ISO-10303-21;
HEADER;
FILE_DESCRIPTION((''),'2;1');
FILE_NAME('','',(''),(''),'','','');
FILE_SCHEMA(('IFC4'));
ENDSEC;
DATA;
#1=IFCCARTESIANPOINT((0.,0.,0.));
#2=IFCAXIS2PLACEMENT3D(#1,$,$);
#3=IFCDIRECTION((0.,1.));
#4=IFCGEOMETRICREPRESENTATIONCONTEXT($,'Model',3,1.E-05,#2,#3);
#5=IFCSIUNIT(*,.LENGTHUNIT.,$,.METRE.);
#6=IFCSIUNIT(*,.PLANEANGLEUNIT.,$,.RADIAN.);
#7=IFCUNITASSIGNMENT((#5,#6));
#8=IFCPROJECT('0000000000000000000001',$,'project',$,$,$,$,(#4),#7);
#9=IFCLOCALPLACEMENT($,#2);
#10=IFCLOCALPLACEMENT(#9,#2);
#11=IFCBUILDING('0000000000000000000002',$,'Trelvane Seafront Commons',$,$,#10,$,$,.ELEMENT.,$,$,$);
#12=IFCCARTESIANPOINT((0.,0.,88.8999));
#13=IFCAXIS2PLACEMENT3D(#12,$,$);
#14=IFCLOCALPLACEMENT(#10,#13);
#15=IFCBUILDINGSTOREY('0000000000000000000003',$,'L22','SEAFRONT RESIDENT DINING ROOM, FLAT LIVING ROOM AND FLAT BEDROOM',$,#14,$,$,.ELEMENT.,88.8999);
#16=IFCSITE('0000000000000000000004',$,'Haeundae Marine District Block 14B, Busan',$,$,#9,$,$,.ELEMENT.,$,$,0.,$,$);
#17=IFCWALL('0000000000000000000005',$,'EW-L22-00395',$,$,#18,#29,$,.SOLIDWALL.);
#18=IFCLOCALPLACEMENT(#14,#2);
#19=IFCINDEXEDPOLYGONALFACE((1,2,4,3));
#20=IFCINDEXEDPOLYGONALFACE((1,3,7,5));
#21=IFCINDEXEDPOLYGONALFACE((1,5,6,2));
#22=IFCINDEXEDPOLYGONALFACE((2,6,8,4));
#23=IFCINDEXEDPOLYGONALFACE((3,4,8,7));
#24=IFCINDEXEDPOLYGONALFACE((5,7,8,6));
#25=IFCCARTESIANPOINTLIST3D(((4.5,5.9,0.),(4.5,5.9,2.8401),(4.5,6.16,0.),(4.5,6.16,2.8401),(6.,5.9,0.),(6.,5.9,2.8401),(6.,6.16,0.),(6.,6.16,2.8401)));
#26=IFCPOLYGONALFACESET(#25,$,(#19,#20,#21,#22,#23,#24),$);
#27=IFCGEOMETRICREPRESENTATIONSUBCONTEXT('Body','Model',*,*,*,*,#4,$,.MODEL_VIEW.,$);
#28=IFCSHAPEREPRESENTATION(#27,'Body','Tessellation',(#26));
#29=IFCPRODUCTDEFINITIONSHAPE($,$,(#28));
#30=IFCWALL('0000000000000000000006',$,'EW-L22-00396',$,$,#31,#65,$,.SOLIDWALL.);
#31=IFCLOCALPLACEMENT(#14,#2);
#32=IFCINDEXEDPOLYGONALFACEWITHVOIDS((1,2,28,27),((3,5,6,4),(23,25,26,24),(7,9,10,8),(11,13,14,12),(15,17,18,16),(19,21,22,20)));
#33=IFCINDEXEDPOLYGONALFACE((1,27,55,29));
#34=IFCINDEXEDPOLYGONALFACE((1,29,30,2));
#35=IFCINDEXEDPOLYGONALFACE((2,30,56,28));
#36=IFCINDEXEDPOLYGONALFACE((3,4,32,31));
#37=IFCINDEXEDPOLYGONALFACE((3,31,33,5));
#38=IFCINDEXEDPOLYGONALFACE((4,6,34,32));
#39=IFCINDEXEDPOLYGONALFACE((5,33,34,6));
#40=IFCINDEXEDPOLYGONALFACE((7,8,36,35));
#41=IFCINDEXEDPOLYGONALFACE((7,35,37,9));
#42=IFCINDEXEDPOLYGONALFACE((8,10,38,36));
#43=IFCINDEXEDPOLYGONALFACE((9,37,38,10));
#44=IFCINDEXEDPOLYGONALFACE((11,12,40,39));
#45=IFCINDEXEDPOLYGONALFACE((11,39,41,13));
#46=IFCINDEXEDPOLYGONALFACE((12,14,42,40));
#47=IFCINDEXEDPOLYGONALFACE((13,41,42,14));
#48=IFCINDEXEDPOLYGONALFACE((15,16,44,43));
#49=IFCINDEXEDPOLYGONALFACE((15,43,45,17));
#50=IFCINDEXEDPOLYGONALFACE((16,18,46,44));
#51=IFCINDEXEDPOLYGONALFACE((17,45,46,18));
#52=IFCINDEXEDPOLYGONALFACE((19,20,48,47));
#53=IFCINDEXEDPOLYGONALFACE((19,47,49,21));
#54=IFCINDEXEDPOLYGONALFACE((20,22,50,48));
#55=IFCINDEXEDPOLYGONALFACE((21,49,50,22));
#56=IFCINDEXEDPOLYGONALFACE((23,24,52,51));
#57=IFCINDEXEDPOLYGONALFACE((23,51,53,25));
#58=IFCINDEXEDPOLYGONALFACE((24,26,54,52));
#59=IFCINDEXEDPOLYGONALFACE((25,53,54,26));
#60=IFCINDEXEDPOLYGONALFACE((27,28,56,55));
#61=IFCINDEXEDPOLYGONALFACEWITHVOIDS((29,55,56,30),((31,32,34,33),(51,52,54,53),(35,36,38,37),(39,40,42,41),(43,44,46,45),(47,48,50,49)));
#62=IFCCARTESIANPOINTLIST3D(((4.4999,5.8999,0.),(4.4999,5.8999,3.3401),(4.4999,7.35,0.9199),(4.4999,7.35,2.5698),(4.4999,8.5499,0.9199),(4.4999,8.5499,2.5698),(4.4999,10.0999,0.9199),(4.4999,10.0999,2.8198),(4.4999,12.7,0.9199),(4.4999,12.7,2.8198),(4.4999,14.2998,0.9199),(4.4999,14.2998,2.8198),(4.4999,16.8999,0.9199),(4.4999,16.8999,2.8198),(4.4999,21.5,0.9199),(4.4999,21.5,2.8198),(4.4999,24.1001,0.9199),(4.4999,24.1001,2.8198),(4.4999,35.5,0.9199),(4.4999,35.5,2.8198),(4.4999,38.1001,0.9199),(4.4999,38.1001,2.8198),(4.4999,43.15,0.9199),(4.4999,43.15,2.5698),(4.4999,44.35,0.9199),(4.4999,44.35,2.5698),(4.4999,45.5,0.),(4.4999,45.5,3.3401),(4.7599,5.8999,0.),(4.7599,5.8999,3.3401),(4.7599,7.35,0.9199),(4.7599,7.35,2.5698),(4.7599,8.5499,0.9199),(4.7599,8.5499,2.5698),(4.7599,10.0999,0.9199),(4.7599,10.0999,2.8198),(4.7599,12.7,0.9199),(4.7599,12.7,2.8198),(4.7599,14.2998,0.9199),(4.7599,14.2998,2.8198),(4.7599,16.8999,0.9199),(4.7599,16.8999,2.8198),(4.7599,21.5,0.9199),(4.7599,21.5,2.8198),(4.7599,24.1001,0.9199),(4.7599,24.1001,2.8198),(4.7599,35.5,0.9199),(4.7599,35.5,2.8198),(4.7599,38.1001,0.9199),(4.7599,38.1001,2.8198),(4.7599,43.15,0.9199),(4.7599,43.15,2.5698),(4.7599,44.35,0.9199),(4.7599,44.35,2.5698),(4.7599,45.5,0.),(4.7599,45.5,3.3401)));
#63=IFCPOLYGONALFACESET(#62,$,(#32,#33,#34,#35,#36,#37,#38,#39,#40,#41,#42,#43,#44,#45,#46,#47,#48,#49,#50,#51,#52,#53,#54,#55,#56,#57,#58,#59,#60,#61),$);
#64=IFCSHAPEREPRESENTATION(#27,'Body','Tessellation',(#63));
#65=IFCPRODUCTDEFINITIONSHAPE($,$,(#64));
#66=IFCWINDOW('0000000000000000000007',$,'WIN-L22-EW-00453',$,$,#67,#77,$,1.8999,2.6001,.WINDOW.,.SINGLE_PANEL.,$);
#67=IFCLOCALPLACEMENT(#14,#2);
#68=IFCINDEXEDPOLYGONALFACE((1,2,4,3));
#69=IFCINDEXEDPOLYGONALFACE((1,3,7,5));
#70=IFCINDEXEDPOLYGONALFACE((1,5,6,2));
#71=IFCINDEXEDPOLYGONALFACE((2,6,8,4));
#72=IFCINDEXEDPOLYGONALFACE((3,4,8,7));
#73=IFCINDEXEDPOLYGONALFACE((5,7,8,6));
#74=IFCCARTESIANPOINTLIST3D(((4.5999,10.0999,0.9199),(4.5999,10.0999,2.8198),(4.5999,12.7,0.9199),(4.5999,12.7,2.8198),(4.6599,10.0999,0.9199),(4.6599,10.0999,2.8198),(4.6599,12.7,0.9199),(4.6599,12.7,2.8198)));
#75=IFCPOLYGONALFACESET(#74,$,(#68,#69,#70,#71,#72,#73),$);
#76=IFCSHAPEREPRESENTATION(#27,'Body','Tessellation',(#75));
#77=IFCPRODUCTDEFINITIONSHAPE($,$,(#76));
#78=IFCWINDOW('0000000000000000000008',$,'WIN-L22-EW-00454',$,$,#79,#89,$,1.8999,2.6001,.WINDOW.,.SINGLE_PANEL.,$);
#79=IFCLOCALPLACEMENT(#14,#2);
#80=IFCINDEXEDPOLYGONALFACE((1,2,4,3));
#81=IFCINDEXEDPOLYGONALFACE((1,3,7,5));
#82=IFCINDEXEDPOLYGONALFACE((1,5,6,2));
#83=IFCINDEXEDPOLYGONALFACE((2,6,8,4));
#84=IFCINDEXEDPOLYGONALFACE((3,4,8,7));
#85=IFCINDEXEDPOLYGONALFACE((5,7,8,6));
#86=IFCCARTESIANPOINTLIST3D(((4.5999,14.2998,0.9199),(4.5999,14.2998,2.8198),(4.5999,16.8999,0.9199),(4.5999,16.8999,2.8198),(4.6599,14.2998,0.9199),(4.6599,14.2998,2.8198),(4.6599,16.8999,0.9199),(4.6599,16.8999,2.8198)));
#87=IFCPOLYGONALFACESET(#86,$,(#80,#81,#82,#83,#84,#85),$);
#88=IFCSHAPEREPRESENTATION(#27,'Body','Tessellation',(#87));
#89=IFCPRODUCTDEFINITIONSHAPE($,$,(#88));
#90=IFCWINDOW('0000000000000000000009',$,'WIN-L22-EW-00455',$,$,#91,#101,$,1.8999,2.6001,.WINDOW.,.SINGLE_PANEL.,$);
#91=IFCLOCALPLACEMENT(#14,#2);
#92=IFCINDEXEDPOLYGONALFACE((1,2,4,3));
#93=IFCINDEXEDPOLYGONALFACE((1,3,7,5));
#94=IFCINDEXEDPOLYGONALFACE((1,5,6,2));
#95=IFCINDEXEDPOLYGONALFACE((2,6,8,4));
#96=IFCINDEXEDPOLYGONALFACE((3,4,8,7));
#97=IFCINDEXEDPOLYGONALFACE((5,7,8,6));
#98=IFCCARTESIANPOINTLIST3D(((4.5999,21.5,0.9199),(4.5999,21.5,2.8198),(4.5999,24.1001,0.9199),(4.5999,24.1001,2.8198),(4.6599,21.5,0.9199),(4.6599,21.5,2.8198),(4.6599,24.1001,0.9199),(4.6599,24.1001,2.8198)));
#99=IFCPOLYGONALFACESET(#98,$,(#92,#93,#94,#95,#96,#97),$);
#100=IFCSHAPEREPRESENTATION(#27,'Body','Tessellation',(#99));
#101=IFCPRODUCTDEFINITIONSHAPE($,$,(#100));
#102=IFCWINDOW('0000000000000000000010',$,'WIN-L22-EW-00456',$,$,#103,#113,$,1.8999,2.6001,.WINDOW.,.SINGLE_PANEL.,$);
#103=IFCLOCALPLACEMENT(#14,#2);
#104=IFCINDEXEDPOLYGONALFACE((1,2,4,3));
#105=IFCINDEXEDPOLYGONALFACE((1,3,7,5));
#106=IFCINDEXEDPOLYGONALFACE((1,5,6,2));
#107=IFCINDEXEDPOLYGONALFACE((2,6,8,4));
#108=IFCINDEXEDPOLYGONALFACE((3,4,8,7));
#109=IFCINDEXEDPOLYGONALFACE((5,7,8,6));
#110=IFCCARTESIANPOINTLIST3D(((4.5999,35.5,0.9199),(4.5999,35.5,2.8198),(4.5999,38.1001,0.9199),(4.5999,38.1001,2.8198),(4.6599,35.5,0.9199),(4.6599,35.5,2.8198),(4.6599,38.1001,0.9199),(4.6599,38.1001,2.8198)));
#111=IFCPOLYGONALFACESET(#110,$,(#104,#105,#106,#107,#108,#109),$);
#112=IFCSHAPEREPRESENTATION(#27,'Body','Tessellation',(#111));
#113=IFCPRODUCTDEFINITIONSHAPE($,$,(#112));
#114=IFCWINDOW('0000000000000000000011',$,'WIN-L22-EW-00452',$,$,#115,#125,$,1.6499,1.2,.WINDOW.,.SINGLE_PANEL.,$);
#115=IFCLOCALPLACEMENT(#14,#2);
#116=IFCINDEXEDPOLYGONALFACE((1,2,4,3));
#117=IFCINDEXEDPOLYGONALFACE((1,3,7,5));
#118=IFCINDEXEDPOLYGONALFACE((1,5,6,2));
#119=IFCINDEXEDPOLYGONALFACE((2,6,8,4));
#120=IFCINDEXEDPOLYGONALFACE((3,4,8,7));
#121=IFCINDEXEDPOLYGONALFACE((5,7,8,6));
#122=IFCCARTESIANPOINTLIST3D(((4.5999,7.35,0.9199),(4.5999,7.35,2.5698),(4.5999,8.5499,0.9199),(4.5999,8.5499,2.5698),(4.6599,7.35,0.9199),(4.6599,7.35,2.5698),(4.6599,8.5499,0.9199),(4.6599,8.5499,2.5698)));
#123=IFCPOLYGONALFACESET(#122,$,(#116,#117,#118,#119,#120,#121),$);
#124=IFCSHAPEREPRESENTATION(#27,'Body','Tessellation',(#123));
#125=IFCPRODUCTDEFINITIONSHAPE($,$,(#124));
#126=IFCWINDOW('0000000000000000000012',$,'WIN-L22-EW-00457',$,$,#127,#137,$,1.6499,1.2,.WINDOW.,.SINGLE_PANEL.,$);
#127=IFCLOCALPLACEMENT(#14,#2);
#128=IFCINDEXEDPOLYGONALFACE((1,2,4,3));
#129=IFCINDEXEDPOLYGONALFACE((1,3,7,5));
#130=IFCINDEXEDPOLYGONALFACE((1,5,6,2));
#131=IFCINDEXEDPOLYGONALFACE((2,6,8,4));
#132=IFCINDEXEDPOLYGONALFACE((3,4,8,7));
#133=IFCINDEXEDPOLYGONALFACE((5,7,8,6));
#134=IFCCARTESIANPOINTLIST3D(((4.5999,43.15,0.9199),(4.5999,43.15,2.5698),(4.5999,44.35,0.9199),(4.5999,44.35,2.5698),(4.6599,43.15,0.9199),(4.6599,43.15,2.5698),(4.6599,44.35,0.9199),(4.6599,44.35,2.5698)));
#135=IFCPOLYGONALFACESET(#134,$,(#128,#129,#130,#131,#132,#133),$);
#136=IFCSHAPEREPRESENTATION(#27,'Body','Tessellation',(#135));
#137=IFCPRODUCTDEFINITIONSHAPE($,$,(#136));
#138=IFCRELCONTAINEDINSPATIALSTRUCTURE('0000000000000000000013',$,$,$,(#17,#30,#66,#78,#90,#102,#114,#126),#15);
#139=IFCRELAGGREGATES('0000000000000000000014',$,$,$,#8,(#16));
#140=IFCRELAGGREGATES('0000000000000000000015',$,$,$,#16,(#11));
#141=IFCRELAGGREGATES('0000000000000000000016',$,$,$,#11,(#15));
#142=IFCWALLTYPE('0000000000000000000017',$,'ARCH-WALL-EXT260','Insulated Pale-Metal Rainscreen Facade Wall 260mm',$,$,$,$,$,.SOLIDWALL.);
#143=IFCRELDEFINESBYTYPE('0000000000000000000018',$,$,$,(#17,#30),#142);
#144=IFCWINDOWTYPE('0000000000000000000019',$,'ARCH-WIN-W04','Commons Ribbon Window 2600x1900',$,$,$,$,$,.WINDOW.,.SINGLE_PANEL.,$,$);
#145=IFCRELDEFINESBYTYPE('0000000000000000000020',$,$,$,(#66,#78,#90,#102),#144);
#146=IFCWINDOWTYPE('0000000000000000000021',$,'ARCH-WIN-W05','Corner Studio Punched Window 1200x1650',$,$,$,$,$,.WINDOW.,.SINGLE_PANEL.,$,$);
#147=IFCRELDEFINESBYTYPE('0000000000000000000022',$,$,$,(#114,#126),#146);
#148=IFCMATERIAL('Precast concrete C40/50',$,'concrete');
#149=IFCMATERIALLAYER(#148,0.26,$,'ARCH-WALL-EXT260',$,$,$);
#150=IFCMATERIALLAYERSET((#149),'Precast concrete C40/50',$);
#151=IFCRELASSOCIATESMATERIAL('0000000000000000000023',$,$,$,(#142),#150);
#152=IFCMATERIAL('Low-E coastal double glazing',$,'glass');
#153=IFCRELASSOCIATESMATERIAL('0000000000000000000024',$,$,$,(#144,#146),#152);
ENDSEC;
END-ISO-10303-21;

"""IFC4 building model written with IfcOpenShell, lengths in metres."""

from ifc_helpers import new_model, si_unit, direction, frame, frame_2d, origin, place, context, subcontext, project, spatial, rectangle, extrude, source, transform, mapped, material, layer, layer_set, type_object, element, fill, save


model = new_model("IFC4")

# Units and contexts
model_context = context("Model", 3, precision=1e-05, world=origin(), true_north=direction((0.0, 1.0)))
body_context = subcontext(model_context, "Body", "Model", "MODEL_VIEW")
ifc_project = project(units=[si_unit("LENGTHUNIT", "METRE"), si_unit("PLANEANGLEUNIT", "RADIAN")], contexts=[model_context])

# Site, building, storey
site_placement = place(None, origin())
site = spatial("IfcSite", under=ifc_project, at=site_placement, Name="Haeundae Marine District Block 14B, Busan", CompositionType="ELEMENT", RefElevation=0.0)
building_placement = place(site_placement, origin())
building = spatial("IfcBuilding", under=site, at=building_placement, Name="Trelvane Seafront Commons", CompositionType="ELEMENT")
storey_placement = place(building_placement, frame((0.0, 0.0, 88.8999)))
storey = spatial("IfcBuildingStorey", under=building, at=storey_placement, Name="L22", Description="SEAFRONT RESIDENT DINING ROOM, FLAT LIVING ROOM AND FLAT BEDROOM", CompositionType="ELEMENT", Elevation=88.8999)

# Wall
ifc_material_1 = material(Name="Precast concrete C40/50", Category="concrete")
ifc_layer_1 = layer(ifc_material_1, 0.26, Name="ARCH-WALL-EXT260")
ifc_layer_set_1 = layer_set([ifc_layer_1], Name="Precast concrete C40/50")
wall_type_1 = type_object("IfcWallType", Name="ARCH-WALL-EXT260", Description="Insulated Pale-Metal Rainscreen Facade Wall 260mm", PredefinedType="SOLIDWALL", material=ifc_layer_set_1)
wall_1_placement = place(storey_placement, frame((6.0, 6.03, 0.0), z_axis=(0.0, 0.0, 1.0), x_axis=(-1.0, 0.0, 0.0)))
element("IfcWall", 1, at=wall_1_placement, inside=storey, type_object=wall_type_1, Name="EW-L22-00395", PredefinedType="SOLIDWALL", context=body_context, shape_type="SweptSolid", body=[
    extrude(rectangle(XDim=1.5, YDim=0.26, at=frame_2d((0.75, 0.0))), origin(), (0.0, 0.0, 1.0), 2.8401),
])

# Wall, openings, windows
wall_2_placement = place(storey_placement, frame((4.6299, 5.8999, 0.0), z_axis=(0.0, 0.0, 1.0), x_axis=(0.0, 1.0, 0.0)))
wall_2 = element("IfcWall", 2, at=wall_2_placement, inside=storey, type_object=wall_type_1, Name="EW-L22-00396", PredefinedType="SOLIDWALL", context=body_context, shape_type="SweptSolid", body=[
    extrude(rectangle(XDim=39.6001, YDim=0.26, at=frame_2d((19.8, 0.0))), origin(), (0.0, 0.0, 1.0), 3.3401),
])
opening_1_placement = place(wall_2_placement, frame((1.45, 0.0, 0.9199)))
opening_1 = element("IfcOpeningElement", 3, at=opening_1_placement, cuts=wall_2, PredefinedType="OPENING", context=body_context, shape_type="SweptSolid", body=[
    extrude(rectangle(XDim=1.2, YDim=1.6499, at=frame_2d((0.6001, 0.825))), frame((0.0, 0.1399, 0.0), z_axis=(0.0, -1.0, 0.0), x_axis=(1.0, 0.0, 0.0)), (0.0, 0.0, 1.0), 0.28),
])
opening_2_placement = place(wall_2_placement, frame((4.2, 0.0, 0.9199)))
opening_2 = element("IfcOpeningElement", 4, at=opening_2_placement, cuts=wall_2, PredefinedType="OPENING", context=body_context, shape_type="SweptSolid", body=[
    extrude(rectangle(XDim=2.6001, YDim=1.8999, at=frame_2d((1.3, 0.95))), frame((0.0, 0.1399, 0.0), z_axis=(0.0, -1.0, 0.0), x_axis=(1.0, 0.0, 0.0)), (0.0, 0.0, 1.0), 0.28),
])
opening_3_placement = place(wall_2_placement, frame((8.3999, 0.0, 0.9199)))
opening_3 = element("IfcOpeningElement", 5, at=opening_3_placement, cuts=wall_2, PredefinedType="OPENING", context=body_context, shape_type="SweptSolid", body=[
    extrude(rectangle(XDim=2.6001, YDim=1.8999, at=frame_2d((1.3, 0.95))), frame((0.0, 0.1399, 0.0), z_axis=(0.0, -1.0, 0.0), x_axis=(1.0, 0.0, 0.0)), (0.0, 0.0, 1.0), 0.28),
])
opening_4_placement = place(wall_2_placement, frame((15.6001, 0.0, 0.9199)))
opening_4 = element("IfcOpeningElement", 6, at=opening_4_placement, cuts=wall_2, PredefinedType="OPENING", context=body_context, shape_type="SweptSolid", body=[
    extrude(rectangle(XDim=2.6001, YDim=1.8999, at=frame_2d((1.3, 0.95))), frame((0.0, 0.1399, 0.0), z_axis=(0.0, -1.0, 0.0), x_axis=(1.0, 0.0, 0.0)), (0.0, 0.0, 1.0), 0.28),
])
opening_5_placement = place(wall_2_placement, frame((29.6001, 0.0, 0.9199)))
opening_5 = element("IfcOpeningElement", 7, at=opening_5_placement, cuts=wall_2, PredefinedType="OPENING", context=body_context, shape_type="SweptSolid", body=[
    extrude(rectangle(XDim=2.6001, YDim=1.8999, at=frame_2d((1.3, 0.95))), frame((0.0, 0.1399, 0.0), z_axis=(0.0, -1.0, 0.0), x_axis=(1.0, 0.0, 0.0)), (0.0, 0.0, 1.0), 0.28),
])
opening_6_placement = place(wall_2_placement, frame((37.25, 0.0, 0.9199)))
opening_6 = element("IfcOpeningElement", 8, at=opening_6_placement, cuts=wall_2, PredefinedType="OPENING", context=body_context, shape_type="SweptSolid", body=[
    extrude(rectangle(XDim=1.2, YDim=1.6499, at=frame_2d((0.6001, 0.825))), frame((0.0, 0.1399, 0.0), z_axis=(0.0, -1.0, 0.0), x_axis=(1.0, 0.0, 0.0)), (0.0, 0.0, 1.0), 0.28),
])
ifc_material_2 = material(Name="Low-E coastal double glazing", Category="glass")
window_type_1 = type_object("IfcWindowType", Name="ARCH-WIN-W04", Description="Commons Ribbon Window 2600x1900", PartitioningType="SINGLE_PANEL", PredefinedType="WINDOW", material=ifc_material_2)
shared_shape_1 = source(origin(), body_context, "Body", "SweptSolid", [
    extrude(rectangle(XDim=2.6001, YDim=1.8999, at=frame_2d((1.3, 0.95))), frame((0.0, 0.03, 0.0), z_axis=(0.0, -1.0, 0.0), x_axis=(1.0, 0.0, 0.0)), (0.0, 0.0, 1.0), 0.0601),
])
window_1_placement = place(opening_2_placement, origin())
window_1 = element("IfcWindow", 9, at=window_1_placement, inside=storey, type_object=window_type_1, Name="WIN-L22-EW-00453", OverallHeight=1.8999, OverallWidth=2.6001, PartitioningType="SINGLE_PANEL", PredefinedType="WINDOW", context=body_context, shape_type="MappedRepresentation", body=[
    mapped(shared_shape_1, transform((0.0, 0.0, 0.0), x_axis=(1.0, 0.0, 0.0), y_axis=(0.0, 1.0, 0.0), z_axis=(0.0, 0.0, 1.0), scale=1.0)),
])
fill(opening_2, window_1)
window_2_placement = place(opening_3_placement, origin())
window_2 = element("IfcWindow", 10, at=window_2_placement, inside=storey, type_object=window_type_1, Name="WIN-L22-EW-00454", OverallHeight=1.8999, OverallWidth=2.6001, PartitioningType="SINGLE_PANEL", PredefinedType="WINDOW", context=body_context, shape_type="MappedRepresentation", body=[
    mapped(shared_shape_1, transform((0.0, 0.0, 0.0), x_axis=(1.0, 0.0, 0.0), y_axis=(0.0, 1.0, 0.0), z_axis=(0.0, 0.0, 1.0), scale=1.0)),
])
fill(opening_3, window_2)
window_3_placement = place(opening_4_placement, origin())
window_3 = element("IfcWindow", 11, at=window_3_placement, inside=storey, type_object=window_type_1, Name="WIN-L22-EW-00455", OverallHeight=1.8999, OverallWidth=2.6001, PartitioningType="SINGLE_PANEL", PredefinedType="WINDOW", context=body_context, shape_type="MappedRepresentation", body=[
    mapped(shared_shape_1, transform((0.0, 0.0, 0.0), x_axis=(1.0, 0.0, 0.0), y_axis=(0.0, 1.0, 0.0), z_axis=(0.0, 0.0, 1.0), scale=1.0)),
])
fill(opening_4, window_3)
window_4_placement = place(opening_5_placement, origin())
window_4 = element("IfcWindow", 12, at=window_4_placement, inside=storey, type_object=window_type_1, Name="WIN-L22-EW-00456", OverallHeight=1.8999, OverallWidth=2.6001, PartitioningType="SINGLE_PANEL", PredefinedType="WINDOW", context=body_context, shape_type="MappedRepresentation", body=[
    mapped(shared_shape_1, transform((0.0, 0.0, 0.0), x_axis=(1.0, 0.0, 0.0), y_axis=(0.0, 1.0, 0.0), z_axis=(0.0, 0.0, 1.0), scale=1.0)),
])
fill(opening_5, window_4)
window_type_2 = type_object("IfcWindowType", Name="ARCH-WIN-W05", Description="Corner Studio Punched Window 1200x1650", PartitioningType="SINGLE_PANEL", PredefinedType="WINDOW", material=ifc_material_2)
shared_shape_2 = source(origin(), body_context, "Body", "SweptSolid", [
    extrude(rectangle(XDim=1.2, YDim=1.6499, at=frame_2d((0.6001, 0.825))), frame((0.0, 0.03, 0.0), z_axis=(0.0, -1.0, 0.0), x_axis=(1.0, 0.0, 0.0)), (0.0, 0.0, 1.0), 0.0601),
])
window_5_placement = place(opening_1_placement, origin())
window_5 = element("IfcWindow", 13, at=window_5_placement, inside=storey, type_object=window_type_2, Name="WIN-L22-EW-00452", OverallHeight=1.6499, OverallWidth=1.2, PartitioningType="SINGLE_PANEL", PredefinedType="WINDOW", context=body_context, shape_type="MappedRepresentation", body=[
    mapped(shared_shape_2, transform((0.0, 0.0, 0.0), x_axis=(1.0, 0.0, 0.0), y_axis=(0.0, 1.0, 0.0), z_axis=(0.0, 0.0, 1.0), scale=1.0)),
])
fill(opening_1, window_5)
window_6_placement = place(opening_6_placement, origin())
window_6 = element("IfcWindow", 14, at=window_6_placement, inside=storey, type_object=window_type_2, Name="WIN-L22-EW-00457", OverallHeight=1.6499, OverallWidth=1.2, PartitioningType="SINGLE_PANEL", PredefinedType="WINDOW", context=body_context, shape_type="MappedRepresentation", body=[
    mapped(shared_shape_2, transform((0.0, 0.0, 0.0), x_axis=(1.0, 0.0, 0.0), y_axis=(0.0, 1.0, 0.0), z_axis=(0.0, 0.0, 1.0), scale=1.0)),
])
fill(opening_6, window_6)

save(model, "model.ifc")
